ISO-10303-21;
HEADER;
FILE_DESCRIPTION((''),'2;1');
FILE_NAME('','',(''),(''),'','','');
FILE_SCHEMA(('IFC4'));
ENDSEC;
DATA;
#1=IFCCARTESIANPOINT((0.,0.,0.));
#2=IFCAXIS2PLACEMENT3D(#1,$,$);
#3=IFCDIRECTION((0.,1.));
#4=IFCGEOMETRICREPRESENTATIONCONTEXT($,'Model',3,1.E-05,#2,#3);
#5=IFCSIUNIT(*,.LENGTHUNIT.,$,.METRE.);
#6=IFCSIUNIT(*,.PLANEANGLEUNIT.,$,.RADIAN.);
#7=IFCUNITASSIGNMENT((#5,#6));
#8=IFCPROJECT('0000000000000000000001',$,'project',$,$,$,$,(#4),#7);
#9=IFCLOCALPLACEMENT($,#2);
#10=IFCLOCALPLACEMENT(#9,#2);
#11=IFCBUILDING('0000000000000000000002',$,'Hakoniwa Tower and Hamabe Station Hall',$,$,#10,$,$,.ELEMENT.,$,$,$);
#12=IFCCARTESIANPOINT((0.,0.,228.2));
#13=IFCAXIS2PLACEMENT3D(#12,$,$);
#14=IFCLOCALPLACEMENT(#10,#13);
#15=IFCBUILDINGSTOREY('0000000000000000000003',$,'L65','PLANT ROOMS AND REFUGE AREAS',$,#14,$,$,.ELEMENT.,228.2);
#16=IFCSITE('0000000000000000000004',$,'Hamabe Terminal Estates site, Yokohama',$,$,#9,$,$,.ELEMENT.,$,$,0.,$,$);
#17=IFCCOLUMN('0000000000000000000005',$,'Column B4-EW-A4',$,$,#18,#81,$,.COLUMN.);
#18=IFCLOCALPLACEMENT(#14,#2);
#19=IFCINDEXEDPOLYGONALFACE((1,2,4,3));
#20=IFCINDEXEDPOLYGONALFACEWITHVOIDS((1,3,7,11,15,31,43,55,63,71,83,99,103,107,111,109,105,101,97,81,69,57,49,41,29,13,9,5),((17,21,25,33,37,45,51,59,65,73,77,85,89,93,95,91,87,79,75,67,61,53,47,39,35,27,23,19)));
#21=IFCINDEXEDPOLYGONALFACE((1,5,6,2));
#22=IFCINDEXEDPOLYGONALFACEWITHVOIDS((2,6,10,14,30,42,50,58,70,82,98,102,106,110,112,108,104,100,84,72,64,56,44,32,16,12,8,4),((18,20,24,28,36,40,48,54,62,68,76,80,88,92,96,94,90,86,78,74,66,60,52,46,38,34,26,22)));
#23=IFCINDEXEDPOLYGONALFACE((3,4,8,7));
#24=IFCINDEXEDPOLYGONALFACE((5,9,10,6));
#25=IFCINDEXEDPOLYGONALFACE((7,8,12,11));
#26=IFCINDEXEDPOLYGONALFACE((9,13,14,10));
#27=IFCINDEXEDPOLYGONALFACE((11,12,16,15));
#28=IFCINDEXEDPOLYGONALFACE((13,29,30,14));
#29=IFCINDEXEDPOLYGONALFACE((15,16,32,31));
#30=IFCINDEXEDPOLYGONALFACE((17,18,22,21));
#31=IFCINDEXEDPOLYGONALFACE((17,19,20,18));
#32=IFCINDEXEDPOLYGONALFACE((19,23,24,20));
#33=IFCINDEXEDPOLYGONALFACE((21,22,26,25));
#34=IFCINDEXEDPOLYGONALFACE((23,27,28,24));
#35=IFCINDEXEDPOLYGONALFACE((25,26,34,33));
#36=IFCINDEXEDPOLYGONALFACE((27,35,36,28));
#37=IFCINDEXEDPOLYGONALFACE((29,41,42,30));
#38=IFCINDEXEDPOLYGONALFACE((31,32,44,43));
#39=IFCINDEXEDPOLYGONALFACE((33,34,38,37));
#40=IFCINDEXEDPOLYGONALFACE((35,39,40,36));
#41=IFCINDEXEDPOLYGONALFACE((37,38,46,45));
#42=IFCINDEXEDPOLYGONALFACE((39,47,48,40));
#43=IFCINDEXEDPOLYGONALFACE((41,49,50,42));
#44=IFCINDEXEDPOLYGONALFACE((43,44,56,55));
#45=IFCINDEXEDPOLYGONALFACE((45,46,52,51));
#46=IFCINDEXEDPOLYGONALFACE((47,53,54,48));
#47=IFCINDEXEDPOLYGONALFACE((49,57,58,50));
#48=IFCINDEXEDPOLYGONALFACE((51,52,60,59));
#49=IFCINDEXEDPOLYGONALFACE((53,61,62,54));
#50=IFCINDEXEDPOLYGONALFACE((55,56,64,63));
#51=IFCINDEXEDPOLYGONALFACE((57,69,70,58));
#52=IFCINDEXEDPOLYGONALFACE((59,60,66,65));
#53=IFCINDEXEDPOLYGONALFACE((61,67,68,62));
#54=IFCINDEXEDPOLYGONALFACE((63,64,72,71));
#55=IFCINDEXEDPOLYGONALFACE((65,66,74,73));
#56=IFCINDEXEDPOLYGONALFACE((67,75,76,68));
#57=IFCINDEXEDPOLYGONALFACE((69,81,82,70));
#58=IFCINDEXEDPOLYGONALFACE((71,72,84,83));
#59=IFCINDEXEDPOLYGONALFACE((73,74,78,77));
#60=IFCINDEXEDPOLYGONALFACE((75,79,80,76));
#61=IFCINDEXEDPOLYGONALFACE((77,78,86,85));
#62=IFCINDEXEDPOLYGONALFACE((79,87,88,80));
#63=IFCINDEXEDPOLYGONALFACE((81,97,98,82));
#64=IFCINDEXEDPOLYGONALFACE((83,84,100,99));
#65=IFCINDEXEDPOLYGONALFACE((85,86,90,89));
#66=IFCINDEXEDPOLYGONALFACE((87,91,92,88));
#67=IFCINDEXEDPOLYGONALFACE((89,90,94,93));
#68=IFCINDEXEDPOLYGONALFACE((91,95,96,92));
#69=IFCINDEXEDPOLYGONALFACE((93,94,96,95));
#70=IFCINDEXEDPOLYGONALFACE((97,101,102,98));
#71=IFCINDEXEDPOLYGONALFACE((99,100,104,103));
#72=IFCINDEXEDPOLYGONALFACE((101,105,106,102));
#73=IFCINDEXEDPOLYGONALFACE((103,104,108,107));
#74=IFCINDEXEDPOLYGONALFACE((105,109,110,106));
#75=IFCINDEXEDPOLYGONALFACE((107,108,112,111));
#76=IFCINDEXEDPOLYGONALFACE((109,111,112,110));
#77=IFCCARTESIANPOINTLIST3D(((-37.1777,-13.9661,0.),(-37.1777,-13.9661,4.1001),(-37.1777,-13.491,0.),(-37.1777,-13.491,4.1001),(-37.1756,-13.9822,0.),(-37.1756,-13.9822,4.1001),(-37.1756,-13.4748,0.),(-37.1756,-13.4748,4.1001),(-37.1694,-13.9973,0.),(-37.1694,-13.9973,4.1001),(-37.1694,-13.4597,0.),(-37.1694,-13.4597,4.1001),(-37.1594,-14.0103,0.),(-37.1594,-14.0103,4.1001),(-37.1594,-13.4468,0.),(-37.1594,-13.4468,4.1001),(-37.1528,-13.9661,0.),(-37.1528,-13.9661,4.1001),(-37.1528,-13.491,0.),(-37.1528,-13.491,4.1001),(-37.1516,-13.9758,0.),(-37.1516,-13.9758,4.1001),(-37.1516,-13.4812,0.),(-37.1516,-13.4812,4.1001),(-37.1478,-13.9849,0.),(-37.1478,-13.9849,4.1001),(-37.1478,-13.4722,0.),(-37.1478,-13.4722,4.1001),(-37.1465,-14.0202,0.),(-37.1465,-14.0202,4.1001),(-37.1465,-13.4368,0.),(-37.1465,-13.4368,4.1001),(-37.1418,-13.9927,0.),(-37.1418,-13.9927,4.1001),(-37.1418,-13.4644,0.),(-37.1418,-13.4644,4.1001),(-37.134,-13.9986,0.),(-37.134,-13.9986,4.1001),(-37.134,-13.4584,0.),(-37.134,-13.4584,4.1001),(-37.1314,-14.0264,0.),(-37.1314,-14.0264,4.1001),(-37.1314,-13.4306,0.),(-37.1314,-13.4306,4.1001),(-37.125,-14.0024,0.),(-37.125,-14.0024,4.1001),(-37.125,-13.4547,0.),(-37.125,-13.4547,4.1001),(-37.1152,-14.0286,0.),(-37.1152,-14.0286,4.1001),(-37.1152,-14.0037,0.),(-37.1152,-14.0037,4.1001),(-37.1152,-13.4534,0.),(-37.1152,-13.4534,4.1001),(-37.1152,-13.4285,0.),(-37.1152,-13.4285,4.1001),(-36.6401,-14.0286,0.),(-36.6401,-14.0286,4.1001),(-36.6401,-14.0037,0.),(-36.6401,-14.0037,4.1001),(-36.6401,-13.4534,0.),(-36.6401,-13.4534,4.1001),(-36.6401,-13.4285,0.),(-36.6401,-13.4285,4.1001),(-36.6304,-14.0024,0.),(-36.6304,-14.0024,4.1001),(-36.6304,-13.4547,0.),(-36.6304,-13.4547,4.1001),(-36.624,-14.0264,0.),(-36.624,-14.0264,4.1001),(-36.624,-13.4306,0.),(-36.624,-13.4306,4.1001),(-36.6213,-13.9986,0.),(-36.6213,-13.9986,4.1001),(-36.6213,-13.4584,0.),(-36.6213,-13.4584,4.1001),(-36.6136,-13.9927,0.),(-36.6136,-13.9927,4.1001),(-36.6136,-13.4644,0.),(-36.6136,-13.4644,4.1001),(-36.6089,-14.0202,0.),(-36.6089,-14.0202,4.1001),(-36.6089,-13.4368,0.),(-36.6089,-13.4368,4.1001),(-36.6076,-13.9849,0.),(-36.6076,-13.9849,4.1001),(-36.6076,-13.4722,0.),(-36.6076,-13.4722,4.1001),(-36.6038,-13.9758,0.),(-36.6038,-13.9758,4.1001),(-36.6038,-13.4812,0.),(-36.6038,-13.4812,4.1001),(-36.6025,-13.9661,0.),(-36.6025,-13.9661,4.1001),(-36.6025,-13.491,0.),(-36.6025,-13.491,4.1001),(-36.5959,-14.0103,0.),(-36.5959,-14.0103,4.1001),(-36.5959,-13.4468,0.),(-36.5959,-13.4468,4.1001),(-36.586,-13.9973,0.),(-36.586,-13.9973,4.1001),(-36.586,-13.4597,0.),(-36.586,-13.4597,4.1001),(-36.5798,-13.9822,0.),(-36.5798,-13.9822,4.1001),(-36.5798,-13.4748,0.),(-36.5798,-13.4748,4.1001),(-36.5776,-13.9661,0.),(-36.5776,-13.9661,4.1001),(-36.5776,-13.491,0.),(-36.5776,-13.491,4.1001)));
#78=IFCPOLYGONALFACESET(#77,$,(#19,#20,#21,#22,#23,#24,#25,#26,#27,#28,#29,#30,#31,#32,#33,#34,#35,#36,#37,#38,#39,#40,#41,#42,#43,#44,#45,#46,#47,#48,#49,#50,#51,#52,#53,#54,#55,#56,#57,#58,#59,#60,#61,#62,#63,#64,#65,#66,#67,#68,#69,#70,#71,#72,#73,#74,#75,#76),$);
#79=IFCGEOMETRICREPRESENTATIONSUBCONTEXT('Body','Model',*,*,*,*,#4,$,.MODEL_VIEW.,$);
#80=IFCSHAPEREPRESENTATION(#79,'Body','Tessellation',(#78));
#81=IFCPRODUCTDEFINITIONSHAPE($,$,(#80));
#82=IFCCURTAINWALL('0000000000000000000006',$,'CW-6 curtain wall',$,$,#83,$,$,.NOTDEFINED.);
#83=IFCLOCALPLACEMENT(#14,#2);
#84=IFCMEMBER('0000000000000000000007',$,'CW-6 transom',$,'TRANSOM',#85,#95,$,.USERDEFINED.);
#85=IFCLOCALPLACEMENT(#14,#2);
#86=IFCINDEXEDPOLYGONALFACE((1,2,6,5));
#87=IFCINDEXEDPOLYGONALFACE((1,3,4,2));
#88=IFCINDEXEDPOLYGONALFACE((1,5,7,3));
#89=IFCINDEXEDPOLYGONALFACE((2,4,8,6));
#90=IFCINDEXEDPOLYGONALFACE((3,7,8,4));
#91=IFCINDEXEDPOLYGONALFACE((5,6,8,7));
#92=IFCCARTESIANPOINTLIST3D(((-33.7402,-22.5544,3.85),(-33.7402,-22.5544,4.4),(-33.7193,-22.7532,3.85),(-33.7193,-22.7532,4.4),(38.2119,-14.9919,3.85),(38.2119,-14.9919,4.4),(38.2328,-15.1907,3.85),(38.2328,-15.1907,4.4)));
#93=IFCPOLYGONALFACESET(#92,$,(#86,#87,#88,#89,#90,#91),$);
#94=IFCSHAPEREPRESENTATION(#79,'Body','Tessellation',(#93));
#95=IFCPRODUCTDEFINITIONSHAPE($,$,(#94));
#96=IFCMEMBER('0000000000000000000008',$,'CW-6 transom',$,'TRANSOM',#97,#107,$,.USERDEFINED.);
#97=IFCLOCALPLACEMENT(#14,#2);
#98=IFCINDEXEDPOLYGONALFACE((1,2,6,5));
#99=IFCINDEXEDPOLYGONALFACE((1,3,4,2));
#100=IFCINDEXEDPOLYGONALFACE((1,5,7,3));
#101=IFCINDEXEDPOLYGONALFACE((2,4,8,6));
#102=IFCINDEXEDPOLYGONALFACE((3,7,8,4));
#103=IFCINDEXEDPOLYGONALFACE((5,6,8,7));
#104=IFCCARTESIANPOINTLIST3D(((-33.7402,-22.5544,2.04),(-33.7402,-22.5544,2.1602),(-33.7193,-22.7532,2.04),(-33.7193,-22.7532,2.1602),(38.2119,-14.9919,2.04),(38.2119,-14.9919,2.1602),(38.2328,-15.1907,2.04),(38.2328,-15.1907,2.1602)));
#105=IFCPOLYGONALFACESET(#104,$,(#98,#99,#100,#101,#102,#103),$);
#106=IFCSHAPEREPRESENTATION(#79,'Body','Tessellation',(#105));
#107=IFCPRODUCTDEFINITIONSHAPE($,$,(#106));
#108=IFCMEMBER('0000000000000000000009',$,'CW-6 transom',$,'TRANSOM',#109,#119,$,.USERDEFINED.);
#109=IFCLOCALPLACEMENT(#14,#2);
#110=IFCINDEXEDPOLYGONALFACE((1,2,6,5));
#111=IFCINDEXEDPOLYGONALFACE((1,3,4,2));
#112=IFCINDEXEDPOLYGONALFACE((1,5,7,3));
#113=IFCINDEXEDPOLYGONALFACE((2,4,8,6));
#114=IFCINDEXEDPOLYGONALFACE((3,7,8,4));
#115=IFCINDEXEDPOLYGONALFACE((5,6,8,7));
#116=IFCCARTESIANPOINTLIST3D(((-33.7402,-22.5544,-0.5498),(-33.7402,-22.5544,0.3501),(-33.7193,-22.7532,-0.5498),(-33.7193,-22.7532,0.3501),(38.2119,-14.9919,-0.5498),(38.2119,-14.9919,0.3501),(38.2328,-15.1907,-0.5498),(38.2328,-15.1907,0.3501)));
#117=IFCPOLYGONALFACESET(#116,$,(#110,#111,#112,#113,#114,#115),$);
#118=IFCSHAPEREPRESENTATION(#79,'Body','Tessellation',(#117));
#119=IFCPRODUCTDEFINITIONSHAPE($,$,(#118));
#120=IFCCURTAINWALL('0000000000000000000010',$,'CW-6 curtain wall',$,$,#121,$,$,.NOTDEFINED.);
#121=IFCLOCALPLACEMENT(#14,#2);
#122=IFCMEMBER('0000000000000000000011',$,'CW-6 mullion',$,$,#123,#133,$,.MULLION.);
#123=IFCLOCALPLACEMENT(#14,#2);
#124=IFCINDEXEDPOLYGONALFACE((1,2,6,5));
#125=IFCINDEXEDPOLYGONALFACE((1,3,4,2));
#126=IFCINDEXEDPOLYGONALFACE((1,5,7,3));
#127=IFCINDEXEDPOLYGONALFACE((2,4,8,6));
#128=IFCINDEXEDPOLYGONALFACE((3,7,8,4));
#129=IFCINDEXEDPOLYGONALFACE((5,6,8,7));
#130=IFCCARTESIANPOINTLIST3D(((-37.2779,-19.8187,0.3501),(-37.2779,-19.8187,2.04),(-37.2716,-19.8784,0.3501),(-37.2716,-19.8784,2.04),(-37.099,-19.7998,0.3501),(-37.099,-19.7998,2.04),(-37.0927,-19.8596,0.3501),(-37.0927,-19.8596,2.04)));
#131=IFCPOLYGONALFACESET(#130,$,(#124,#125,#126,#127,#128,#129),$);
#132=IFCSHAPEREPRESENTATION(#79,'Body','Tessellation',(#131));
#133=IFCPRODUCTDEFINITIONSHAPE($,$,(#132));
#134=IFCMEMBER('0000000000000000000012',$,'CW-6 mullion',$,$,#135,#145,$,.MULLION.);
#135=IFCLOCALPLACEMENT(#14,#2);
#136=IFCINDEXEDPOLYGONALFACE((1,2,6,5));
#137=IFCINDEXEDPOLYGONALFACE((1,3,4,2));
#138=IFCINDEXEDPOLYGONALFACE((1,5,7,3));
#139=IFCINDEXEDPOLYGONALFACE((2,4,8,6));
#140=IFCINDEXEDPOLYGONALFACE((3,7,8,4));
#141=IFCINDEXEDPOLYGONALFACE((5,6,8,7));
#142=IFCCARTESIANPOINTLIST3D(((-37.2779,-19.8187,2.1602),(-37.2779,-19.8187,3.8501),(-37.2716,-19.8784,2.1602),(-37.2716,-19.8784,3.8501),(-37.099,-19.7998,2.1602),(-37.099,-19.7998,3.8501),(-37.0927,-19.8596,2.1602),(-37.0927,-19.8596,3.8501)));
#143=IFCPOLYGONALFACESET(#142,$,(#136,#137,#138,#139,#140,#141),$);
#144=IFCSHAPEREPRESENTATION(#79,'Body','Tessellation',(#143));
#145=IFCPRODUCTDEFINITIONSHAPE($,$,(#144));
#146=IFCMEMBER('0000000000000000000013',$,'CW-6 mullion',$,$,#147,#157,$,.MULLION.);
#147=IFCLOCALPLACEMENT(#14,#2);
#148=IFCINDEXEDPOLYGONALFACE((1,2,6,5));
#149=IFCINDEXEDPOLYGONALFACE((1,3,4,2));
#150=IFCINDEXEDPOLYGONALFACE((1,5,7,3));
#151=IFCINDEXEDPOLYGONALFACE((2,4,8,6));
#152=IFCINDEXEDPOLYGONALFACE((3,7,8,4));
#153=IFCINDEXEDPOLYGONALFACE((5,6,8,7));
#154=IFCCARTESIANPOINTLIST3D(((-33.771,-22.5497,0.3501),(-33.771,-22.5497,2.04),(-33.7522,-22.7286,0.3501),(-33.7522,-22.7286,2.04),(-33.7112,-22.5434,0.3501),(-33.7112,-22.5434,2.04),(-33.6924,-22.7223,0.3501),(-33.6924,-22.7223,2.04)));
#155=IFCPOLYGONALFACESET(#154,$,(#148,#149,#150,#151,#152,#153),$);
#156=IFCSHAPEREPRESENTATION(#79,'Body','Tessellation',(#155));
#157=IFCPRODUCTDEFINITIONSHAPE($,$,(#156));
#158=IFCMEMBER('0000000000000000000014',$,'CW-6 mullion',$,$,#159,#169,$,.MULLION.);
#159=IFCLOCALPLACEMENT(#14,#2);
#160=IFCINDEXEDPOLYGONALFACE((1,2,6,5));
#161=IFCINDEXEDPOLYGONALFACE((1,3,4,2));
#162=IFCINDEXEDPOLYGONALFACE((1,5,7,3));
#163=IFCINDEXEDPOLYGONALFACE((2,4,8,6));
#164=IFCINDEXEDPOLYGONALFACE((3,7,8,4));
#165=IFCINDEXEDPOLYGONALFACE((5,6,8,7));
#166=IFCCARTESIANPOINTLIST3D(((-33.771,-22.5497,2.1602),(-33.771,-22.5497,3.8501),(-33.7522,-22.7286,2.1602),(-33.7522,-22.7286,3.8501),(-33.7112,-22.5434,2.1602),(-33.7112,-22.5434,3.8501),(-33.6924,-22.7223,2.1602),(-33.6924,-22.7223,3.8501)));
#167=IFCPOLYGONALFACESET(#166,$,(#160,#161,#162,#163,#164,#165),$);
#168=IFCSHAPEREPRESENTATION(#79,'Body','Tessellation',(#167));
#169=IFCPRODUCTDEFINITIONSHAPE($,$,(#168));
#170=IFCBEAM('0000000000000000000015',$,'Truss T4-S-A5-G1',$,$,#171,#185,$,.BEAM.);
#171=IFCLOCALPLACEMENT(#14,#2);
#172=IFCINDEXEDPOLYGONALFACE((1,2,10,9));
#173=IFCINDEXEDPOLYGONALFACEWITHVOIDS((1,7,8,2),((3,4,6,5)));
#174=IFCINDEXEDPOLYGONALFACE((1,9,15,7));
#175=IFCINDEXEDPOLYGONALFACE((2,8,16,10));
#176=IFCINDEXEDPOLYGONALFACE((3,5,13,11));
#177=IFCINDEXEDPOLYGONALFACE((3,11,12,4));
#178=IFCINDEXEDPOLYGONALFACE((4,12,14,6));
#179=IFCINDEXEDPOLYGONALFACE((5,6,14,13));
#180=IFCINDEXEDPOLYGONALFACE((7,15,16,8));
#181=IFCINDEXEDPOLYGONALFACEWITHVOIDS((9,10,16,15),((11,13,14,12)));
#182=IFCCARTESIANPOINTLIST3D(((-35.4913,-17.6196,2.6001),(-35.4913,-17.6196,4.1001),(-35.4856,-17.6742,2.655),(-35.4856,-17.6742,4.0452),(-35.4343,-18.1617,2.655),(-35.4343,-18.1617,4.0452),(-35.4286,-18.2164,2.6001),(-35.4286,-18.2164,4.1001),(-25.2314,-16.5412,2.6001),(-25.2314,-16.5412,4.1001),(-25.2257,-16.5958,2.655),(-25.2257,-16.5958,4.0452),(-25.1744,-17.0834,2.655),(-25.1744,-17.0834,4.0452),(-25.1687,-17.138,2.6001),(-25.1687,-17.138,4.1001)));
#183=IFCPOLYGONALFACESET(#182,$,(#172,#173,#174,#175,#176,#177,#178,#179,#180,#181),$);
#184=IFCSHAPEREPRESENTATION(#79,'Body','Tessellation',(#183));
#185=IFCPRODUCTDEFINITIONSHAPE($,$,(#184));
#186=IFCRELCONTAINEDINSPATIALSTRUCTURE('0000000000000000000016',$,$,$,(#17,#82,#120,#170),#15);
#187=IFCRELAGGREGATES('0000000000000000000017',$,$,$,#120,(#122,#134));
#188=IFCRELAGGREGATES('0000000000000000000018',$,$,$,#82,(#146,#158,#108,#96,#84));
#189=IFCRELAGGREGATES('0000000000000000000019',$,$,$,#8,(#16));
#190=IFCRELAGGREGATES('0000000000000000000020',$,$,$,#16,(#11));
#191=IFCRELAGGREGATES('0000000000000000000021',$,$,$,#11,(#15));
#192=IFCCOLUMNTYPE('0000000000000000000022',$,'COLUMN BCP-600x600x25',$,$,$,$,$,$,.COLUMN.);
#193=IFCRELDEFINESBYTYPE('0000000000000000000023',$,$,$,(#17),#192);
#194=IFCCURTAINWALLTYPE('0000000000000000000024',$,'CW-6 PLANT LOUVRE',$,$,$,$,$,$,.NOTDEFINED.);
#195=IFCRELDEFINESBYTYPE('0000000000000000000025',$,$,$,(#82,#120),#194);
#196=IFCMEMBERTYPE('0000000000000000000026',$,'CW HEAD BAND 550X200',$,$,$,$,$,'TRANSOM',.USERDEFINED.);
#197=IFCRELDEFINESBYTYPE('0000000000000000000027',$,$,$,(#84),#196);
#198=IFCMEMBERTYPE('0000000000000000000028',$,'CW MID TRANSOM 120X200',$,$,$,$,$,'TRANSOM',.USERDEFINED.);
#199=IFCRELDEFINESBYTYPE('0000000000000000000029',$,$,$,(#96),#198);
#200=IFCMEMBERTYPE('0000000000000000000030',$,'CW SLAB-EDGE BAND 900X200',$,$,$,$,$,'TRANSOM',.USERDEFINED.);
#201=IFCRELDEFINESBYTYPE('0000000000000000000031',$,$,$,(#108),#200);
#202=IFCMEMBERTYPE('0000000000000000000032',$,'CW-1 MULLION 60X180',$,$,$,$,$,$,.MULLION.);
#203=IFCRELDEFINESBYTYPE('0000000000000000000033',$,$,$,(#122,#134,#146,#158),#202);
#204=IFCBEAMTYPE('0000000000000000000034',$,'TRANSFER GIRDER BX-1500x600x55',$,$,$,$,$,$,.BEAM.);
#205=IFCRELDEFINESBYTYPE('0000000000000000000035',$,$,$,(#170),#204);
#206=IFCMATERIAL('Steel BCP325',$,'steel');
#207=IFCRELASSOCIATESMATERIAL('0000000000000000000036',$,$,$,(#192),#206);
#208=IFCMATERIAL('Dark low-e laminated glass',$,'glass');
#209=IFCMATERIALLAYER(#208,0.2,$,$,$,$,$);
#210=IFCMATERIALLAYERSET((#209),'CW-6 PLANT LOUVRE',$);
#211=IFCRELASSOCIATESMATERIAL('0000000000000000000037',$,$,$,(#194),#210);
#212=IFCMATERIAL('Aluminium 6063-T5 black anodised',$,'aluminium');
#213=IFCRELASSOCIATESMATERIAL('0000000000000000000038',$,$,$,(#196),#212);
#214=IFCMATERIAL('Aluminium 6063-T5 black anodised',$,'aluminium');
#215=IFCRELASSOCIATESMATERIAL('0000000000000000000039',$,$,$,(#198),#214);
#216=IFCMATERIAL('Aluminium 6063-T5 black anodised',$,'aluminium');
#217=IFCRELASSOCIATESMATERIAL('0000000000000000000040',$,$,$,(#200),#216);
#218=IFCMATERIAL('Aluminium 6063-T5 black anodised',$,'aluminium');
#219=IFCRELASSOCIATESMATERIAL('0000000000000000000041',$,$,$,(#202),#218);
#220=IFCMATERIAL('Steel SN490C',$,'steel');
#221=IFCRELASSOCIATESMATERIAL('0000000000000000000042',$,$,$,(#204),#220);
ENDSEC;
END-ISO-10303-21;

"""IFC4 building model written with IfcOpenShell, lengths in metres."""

from ifc_helpers import new_model, si_unit, direction, frame, origin, origin_2d, place, context, subcontext, project, spatial, rectangle, hollow_rectangle, extrude, material, layer, layer_set, material_profile, profile_set, type_object, element, aggregate, save


model = new_model("IFC4")

# Units and contexts
model_context = context("Model", 3, precision=1e-05, world=origin(), true_north=direction((0.0, 1.0)))
body_context = subcontext(model_context, "Body", "Model", "MODEL_VIEW")
ifc_project = project(units=[si_unit("LENGTHUNIT", "METRE"), si_unit("PLANEANGLEUNIT", "RADIAN")], contexts=[model_context])

# Site, building, storey
site_placement = place(None, origin())
site = spatial("IfcSite", under=ifc_project, at=site_placement, Name="Hamabe Terminal Estates site, Yokohama", CompositionType="ELEMENT", RefElevation=0.0)
building_placement = place(site_placement, origin())
building = spatial("IfcBuilding", under=site, at=building_placement, Name="Hakoniwa Tower and Hamabe Station Hall", CompositionType="ELEMENT")
storey_placement = place(building_placement, frame((0.0, 0.0, 228.2)))
storey = spatial("IfcBuildingStorey", under=building, at=storey_placement, Name="L65", Description="PLANT ROOMS AND REFUGE AREAS", CompositionType="ELEMENT", Elevation=228.2)

# Column
ifc_material_1 = material(Name="Steel BCP325", Category="steel")
ifc_material_profile_1 = material_profile(ifc_material_1, hollow_rectangle(XDim=0.6001, YDim=0.6001, WallThickness=0.0249, InnerFilletRadius=0.0376, OuterFilletRadius=0.0625, at=origin_2d()), Name="BCP-600x600x25")
ifc_profile_set_1 = profile_set([ifc_material_profile_1], Name="Steel BCP325")
column_type = type_object("IfcColumnType", Name="COLUMN BCP-600x600x25", PredefinedType="COLUMN", material=ifc_profile_set_1)
column_placement = place(storey_placement, frame((-36.8777, -13.7285, 0.0), z_axis=(0.0, 0.0, 1.0), x_axis=(1.0, 0.0, 0.0)))
element("IfcColumn", 1, at=column_placement, inside=storey, type_object=column_type, Name="Column B4-EW-A4", PredefinedType="COLUMN", context=body_context, shape_type="SweptSolid", body=[
    extrude(hollow_rectangle(XDim=0.6001, YDim=0.6001, WallThickness=0.0249, InnerFilletRadius=0.0376, OuterFilletRadius=0.0625, at=origin_2d()), origin(), (0.0, 0.0, 1.0), 4.1001),
])

# Curtain walls, members
ifc_material_2 = material(Name="Dark low-e laminated glass", Category="glass")
ifc_layer_1 = layer(ifc_material_2, 0.2)
ifc_layer_set_1 = layer_set([ifc_layer_1], Name="CW-6 PLANT LOUVRE")
curtain_wall_type = type_object("IfcCurtainWallType", Name="CW-6 PLANT LOUVRE", PredefinedType="NOTDEFINED", material=ifc_layer_set_1)
curtain_wall_1_placement = place(storey_placement, origin())
curtain_wall_1 = element("IfcCurtainWall", 2, at=curtain_wall_1_placement, inside=storey, type_object=curtain_wall_type, Name="CW-6 curtain wall", PredefinedType="NOTDEFINED")
ifc_material_3 = material(Name="Aluminium 6063-T5 black anodised", Category="aluminium")
ifc_material_profile_2 = material_profile(ifc_material_3, rectangle(XDim=0.2, YDim=0.55, at=origin_2d()), Name="CW HEAD BAND 550X200")
ifc_profile_set_2 = profile_set([ifc_material_profile_2], Name="Aluminium 6063-T5 black anodised")
member_type_1 = type_object("IfcMemberType", Name="CW HEAD BAND 550X200", ElementType="TRANSOM", PredefinedType="USERDEFINED", material=ifc_profile_set_2)
member_1_placement = place(storey_placement, frame((-33.7297, -22.6538, 4.125), z_axis=(0.994522, 0.104529, 0.0), x_axis=(-0.104529, 0.994522, 0.0)))
member_1 = element("IfcMember", 3, at=member_1_placement, type_object=member_type_1, Name="CW-6 transom", ObjectType="TRANSOM", PredefinedType="USERDEFINED", context=body_context, shape_type="SweptSolid", body=[
    extrude(rectangle(XDim=0.2, YDim=0.55, at=origin_2d()), origin(), (0.0, 0.0, 1.0), 72.3484),
])
ifc_material_4 = material(Name="Aluminium 6063-T5 black anodised", Category="aluminium")
ifc_material_profile_3 = material_profile(ifc_material_4, rectangle(XDim=0.2, YDim=0.1201, at=origin_2d()), Name="CW MID TRANSOM 120X200")
ifc_profile_set_3 = profile_set([ifc_material_profile_3], Name="Aluminium 6063-T5 black anodised")
member_type_2 = type_object("IfcMemberType", Name="CW MID TRANSOM 120X200", ElementType="TRANSOM", PredefinedType="USERDEFINED", material=ifc_profile_set_3)
member_2_placement = place(storey_placement, frame((-33.7297, -22.6538, 2.1001), z_axis=(0.994522, 0.104529, 0.0), x_axis=(-0.104529, 0.994522, 0.0)))
member_2 = element("IfcMember", 4, at=member_2_placement, type_object=member_type_2, Name="CW-6 transom", ObjectType="TRANSOM", PredefinedType="USERDEFINED", context=body_context, shape_type="SweptSolid", body=[
    extrude(rectangle(XDim=0.2, YDim=0.1201, at=origin_2d()), origin(), (0.0, 0.0, 1.0), 72.3484),
])
ifc_material_5 = material(Name="Aluminium 6063-T5 black anodised", Category="aluminium")
ifc_material_profile_4 = material_profile(ifc_material_5, rectangle(XDim=0.2, YDim=0.8999, at=origin_2d()), Name="CW SLAB-EDGE BAND 900X200")
ifc_profile_set_4 = profile_set([ifc_material_profile_4], Name="Aluminium 6063-T5 black anodised")
member_type_3 = type_object("IfcMemberType", Name="CW SLAB-EDGE BAND 900X200", ElementType="TRANSOM", PredefinedType="USERDEFINED", material=ifc_profile_set_4)
member_3_placement = place(storey_placement, frame((-33.7297, -22.6538, -0.0999), z_axis=(0.994522, 0.104529, 0.0), x_axis=(-0.104529, 0.994522, 0.0)))
member_3 = element("IfcMember", 5, at=member_3_placement, type_object=member_type_3, Name="CW-6 transom", ObjectType="TRANSOM", PredefinedType="USERDEFINED", context=body_context, shape_type="SweptSolid", body=[
    extrude(rectangle(XDim=0.2, YDim=0.8999, at=origin_2d()), origin(), (0.0, 0.0, 1.0), 72.3484),
])
curtain_wall_2_placement = place(storey_placement, origin())
curtain_wall_2 = element("IfcCurtainWall", 6, at=curtain_wall_2_placement, inside=storey, type_object=curtain_wall_type, Name="CW-6 curtain wall", PredefinedType="NOTDEFINED")
ifc_material_6 = material(Name="Aluminium 6063-T5 black anodised", Category="aluminium")
ifc_material_profile_5 = material_profile(ifc_material_6, rectangle(XDim=0.0601, YDim=0.1799, at=origin_2d()), Name="CW-1 MULLION 60X180")
ifc_profile_set_5 = profile_set([ifc_material_profile_5], Name="Aluminium 6063-T5 black anodised")
member_type_4 = type_object("IfcMemberType", Name="CW-1 MULLION 60X180", PredefinedType="MULLION", material=ifc_profile_set_5)
member_4_placement = place(storey_placement, frame((-37.1853, -19.8391, 0.3501), z_axis=(0.0, 0.0, 1.0), x_axis=(0.104528, -0.994522, 0.0)))
member_4 = element("IfcMember", 7, at=member_4_placement, type_object=member_type_4, Name="CW-6 mullion", PredefinedType="MULLION", context=body_context, shape_type="SweptSolid", body=[
    extrude(rectangle(XDim=0.0601, YDim=0.1799, at=origin_2d()), origin(), (0.0, 0.0, 1.0), 1.6899),
])
member_5_placement = place(storey_placement, frame((-37.1853, -19.8391, 2.1602), z_axis=(0.0, 0.0, 1.0), x_axis=(0.104528, -0.994522, 0.0)))
member_5 = element("IfcMember", 8, at=member_5_placement, type_object=member_type_4, Name="CW-6 mullion", PredefinedType="MULLION", context=body_context, shape_type="SweptSolid", body=[
    extrude(rectangle(XDim=0.0601, YDim=0.1799, at=origin_2d()), origin(), (0.0, 0.0, 1.0), 1.6899),
])

# Members
member_6_placement = place(storey_placement, frame((-33.7317, -22.636, 0.3501), z_axis=(0.0, 0.0, 1.0), x_axis=(0.994522, 0.104528, 0.0)))
member_6 = element("IfcMember", 9, at=member_6_placement, type_object=member_type_4, Name="CW-6 mullion", PredefinedType="MULLION", context=body_context, shape_type="SweptSolid", body=[
    extrude(rectangle(XDim=0.0601, YDim=0.1799, at=origin_2d()), origin(), (0.0, 0.0, 1.0), 1.6899),
])
member_7_placement = place(storey_placement, frame((-33.7317, -22.636, 2.1602), z_axis=(0.0, 0.0, 1.0), x_axis=(0.994522, 0.104528, 0.0)))
member_7 = element("IfcMember", 10, at=member_7_placement, type_object=member_type_4, Name="CW-6 mullion", PredefinedType="MULLION", context=body_context, shape_type="SweptSolid", body=[
    extrude(rectangle(XDim=0.0601, YDim=0.1799, at=origin_2d()), origin(), (0.0, 0.0, 1.0), 1.6899),
])

# Beam
ifc_material_7 = material(Name="Steel SN490C", Category="steel")
ifc_material_profile_6 = material_profile(ifc_material_7, hollow_rectangle(XDim=0.6001, YDim=1.5, WallThickness=0.0549, at=origin_2d()), Name="BX-1500x600x55")
ifc_profile_set_6 = profile_set([ifc_material_profile_6], Name="Steel SN490C")
beam_type = type_object("IfcBeamType", Name="TRANSFER GIRDER BX-1500x600x55", PredefinedType="BEAM", material=ifc_profile_set_6)
beam_1_placement = place(storey_placement, frame((-35.46, -17.918, 3.3501), z_axis=(0.994522, 0.104528, 0.0), x_axis=(-0.104528, 0.994522, 0.0)))
element("IfcBeam", 11, at=beam_1_placement, inside=storey, type_object=beam_type, Name="Truss T4-S-A5-G1", PredefinedType="BEAM", context=body_context, shape_type="SweptSolid", body=[
    extrude(hollow_rectangle(XDim=0.6001, YDim=1.5, WallThickness=0.0549, at=origin_2d()), origin(), (0.0, 0.0, 1.0), 10.3164),
])

aggregate(curtain_wall_2, [member_4, member_5])

aggregate(curtain_wall_1, [member_6, member_7, member_3, member_2, member_1])

save(model, "model.ifc")
